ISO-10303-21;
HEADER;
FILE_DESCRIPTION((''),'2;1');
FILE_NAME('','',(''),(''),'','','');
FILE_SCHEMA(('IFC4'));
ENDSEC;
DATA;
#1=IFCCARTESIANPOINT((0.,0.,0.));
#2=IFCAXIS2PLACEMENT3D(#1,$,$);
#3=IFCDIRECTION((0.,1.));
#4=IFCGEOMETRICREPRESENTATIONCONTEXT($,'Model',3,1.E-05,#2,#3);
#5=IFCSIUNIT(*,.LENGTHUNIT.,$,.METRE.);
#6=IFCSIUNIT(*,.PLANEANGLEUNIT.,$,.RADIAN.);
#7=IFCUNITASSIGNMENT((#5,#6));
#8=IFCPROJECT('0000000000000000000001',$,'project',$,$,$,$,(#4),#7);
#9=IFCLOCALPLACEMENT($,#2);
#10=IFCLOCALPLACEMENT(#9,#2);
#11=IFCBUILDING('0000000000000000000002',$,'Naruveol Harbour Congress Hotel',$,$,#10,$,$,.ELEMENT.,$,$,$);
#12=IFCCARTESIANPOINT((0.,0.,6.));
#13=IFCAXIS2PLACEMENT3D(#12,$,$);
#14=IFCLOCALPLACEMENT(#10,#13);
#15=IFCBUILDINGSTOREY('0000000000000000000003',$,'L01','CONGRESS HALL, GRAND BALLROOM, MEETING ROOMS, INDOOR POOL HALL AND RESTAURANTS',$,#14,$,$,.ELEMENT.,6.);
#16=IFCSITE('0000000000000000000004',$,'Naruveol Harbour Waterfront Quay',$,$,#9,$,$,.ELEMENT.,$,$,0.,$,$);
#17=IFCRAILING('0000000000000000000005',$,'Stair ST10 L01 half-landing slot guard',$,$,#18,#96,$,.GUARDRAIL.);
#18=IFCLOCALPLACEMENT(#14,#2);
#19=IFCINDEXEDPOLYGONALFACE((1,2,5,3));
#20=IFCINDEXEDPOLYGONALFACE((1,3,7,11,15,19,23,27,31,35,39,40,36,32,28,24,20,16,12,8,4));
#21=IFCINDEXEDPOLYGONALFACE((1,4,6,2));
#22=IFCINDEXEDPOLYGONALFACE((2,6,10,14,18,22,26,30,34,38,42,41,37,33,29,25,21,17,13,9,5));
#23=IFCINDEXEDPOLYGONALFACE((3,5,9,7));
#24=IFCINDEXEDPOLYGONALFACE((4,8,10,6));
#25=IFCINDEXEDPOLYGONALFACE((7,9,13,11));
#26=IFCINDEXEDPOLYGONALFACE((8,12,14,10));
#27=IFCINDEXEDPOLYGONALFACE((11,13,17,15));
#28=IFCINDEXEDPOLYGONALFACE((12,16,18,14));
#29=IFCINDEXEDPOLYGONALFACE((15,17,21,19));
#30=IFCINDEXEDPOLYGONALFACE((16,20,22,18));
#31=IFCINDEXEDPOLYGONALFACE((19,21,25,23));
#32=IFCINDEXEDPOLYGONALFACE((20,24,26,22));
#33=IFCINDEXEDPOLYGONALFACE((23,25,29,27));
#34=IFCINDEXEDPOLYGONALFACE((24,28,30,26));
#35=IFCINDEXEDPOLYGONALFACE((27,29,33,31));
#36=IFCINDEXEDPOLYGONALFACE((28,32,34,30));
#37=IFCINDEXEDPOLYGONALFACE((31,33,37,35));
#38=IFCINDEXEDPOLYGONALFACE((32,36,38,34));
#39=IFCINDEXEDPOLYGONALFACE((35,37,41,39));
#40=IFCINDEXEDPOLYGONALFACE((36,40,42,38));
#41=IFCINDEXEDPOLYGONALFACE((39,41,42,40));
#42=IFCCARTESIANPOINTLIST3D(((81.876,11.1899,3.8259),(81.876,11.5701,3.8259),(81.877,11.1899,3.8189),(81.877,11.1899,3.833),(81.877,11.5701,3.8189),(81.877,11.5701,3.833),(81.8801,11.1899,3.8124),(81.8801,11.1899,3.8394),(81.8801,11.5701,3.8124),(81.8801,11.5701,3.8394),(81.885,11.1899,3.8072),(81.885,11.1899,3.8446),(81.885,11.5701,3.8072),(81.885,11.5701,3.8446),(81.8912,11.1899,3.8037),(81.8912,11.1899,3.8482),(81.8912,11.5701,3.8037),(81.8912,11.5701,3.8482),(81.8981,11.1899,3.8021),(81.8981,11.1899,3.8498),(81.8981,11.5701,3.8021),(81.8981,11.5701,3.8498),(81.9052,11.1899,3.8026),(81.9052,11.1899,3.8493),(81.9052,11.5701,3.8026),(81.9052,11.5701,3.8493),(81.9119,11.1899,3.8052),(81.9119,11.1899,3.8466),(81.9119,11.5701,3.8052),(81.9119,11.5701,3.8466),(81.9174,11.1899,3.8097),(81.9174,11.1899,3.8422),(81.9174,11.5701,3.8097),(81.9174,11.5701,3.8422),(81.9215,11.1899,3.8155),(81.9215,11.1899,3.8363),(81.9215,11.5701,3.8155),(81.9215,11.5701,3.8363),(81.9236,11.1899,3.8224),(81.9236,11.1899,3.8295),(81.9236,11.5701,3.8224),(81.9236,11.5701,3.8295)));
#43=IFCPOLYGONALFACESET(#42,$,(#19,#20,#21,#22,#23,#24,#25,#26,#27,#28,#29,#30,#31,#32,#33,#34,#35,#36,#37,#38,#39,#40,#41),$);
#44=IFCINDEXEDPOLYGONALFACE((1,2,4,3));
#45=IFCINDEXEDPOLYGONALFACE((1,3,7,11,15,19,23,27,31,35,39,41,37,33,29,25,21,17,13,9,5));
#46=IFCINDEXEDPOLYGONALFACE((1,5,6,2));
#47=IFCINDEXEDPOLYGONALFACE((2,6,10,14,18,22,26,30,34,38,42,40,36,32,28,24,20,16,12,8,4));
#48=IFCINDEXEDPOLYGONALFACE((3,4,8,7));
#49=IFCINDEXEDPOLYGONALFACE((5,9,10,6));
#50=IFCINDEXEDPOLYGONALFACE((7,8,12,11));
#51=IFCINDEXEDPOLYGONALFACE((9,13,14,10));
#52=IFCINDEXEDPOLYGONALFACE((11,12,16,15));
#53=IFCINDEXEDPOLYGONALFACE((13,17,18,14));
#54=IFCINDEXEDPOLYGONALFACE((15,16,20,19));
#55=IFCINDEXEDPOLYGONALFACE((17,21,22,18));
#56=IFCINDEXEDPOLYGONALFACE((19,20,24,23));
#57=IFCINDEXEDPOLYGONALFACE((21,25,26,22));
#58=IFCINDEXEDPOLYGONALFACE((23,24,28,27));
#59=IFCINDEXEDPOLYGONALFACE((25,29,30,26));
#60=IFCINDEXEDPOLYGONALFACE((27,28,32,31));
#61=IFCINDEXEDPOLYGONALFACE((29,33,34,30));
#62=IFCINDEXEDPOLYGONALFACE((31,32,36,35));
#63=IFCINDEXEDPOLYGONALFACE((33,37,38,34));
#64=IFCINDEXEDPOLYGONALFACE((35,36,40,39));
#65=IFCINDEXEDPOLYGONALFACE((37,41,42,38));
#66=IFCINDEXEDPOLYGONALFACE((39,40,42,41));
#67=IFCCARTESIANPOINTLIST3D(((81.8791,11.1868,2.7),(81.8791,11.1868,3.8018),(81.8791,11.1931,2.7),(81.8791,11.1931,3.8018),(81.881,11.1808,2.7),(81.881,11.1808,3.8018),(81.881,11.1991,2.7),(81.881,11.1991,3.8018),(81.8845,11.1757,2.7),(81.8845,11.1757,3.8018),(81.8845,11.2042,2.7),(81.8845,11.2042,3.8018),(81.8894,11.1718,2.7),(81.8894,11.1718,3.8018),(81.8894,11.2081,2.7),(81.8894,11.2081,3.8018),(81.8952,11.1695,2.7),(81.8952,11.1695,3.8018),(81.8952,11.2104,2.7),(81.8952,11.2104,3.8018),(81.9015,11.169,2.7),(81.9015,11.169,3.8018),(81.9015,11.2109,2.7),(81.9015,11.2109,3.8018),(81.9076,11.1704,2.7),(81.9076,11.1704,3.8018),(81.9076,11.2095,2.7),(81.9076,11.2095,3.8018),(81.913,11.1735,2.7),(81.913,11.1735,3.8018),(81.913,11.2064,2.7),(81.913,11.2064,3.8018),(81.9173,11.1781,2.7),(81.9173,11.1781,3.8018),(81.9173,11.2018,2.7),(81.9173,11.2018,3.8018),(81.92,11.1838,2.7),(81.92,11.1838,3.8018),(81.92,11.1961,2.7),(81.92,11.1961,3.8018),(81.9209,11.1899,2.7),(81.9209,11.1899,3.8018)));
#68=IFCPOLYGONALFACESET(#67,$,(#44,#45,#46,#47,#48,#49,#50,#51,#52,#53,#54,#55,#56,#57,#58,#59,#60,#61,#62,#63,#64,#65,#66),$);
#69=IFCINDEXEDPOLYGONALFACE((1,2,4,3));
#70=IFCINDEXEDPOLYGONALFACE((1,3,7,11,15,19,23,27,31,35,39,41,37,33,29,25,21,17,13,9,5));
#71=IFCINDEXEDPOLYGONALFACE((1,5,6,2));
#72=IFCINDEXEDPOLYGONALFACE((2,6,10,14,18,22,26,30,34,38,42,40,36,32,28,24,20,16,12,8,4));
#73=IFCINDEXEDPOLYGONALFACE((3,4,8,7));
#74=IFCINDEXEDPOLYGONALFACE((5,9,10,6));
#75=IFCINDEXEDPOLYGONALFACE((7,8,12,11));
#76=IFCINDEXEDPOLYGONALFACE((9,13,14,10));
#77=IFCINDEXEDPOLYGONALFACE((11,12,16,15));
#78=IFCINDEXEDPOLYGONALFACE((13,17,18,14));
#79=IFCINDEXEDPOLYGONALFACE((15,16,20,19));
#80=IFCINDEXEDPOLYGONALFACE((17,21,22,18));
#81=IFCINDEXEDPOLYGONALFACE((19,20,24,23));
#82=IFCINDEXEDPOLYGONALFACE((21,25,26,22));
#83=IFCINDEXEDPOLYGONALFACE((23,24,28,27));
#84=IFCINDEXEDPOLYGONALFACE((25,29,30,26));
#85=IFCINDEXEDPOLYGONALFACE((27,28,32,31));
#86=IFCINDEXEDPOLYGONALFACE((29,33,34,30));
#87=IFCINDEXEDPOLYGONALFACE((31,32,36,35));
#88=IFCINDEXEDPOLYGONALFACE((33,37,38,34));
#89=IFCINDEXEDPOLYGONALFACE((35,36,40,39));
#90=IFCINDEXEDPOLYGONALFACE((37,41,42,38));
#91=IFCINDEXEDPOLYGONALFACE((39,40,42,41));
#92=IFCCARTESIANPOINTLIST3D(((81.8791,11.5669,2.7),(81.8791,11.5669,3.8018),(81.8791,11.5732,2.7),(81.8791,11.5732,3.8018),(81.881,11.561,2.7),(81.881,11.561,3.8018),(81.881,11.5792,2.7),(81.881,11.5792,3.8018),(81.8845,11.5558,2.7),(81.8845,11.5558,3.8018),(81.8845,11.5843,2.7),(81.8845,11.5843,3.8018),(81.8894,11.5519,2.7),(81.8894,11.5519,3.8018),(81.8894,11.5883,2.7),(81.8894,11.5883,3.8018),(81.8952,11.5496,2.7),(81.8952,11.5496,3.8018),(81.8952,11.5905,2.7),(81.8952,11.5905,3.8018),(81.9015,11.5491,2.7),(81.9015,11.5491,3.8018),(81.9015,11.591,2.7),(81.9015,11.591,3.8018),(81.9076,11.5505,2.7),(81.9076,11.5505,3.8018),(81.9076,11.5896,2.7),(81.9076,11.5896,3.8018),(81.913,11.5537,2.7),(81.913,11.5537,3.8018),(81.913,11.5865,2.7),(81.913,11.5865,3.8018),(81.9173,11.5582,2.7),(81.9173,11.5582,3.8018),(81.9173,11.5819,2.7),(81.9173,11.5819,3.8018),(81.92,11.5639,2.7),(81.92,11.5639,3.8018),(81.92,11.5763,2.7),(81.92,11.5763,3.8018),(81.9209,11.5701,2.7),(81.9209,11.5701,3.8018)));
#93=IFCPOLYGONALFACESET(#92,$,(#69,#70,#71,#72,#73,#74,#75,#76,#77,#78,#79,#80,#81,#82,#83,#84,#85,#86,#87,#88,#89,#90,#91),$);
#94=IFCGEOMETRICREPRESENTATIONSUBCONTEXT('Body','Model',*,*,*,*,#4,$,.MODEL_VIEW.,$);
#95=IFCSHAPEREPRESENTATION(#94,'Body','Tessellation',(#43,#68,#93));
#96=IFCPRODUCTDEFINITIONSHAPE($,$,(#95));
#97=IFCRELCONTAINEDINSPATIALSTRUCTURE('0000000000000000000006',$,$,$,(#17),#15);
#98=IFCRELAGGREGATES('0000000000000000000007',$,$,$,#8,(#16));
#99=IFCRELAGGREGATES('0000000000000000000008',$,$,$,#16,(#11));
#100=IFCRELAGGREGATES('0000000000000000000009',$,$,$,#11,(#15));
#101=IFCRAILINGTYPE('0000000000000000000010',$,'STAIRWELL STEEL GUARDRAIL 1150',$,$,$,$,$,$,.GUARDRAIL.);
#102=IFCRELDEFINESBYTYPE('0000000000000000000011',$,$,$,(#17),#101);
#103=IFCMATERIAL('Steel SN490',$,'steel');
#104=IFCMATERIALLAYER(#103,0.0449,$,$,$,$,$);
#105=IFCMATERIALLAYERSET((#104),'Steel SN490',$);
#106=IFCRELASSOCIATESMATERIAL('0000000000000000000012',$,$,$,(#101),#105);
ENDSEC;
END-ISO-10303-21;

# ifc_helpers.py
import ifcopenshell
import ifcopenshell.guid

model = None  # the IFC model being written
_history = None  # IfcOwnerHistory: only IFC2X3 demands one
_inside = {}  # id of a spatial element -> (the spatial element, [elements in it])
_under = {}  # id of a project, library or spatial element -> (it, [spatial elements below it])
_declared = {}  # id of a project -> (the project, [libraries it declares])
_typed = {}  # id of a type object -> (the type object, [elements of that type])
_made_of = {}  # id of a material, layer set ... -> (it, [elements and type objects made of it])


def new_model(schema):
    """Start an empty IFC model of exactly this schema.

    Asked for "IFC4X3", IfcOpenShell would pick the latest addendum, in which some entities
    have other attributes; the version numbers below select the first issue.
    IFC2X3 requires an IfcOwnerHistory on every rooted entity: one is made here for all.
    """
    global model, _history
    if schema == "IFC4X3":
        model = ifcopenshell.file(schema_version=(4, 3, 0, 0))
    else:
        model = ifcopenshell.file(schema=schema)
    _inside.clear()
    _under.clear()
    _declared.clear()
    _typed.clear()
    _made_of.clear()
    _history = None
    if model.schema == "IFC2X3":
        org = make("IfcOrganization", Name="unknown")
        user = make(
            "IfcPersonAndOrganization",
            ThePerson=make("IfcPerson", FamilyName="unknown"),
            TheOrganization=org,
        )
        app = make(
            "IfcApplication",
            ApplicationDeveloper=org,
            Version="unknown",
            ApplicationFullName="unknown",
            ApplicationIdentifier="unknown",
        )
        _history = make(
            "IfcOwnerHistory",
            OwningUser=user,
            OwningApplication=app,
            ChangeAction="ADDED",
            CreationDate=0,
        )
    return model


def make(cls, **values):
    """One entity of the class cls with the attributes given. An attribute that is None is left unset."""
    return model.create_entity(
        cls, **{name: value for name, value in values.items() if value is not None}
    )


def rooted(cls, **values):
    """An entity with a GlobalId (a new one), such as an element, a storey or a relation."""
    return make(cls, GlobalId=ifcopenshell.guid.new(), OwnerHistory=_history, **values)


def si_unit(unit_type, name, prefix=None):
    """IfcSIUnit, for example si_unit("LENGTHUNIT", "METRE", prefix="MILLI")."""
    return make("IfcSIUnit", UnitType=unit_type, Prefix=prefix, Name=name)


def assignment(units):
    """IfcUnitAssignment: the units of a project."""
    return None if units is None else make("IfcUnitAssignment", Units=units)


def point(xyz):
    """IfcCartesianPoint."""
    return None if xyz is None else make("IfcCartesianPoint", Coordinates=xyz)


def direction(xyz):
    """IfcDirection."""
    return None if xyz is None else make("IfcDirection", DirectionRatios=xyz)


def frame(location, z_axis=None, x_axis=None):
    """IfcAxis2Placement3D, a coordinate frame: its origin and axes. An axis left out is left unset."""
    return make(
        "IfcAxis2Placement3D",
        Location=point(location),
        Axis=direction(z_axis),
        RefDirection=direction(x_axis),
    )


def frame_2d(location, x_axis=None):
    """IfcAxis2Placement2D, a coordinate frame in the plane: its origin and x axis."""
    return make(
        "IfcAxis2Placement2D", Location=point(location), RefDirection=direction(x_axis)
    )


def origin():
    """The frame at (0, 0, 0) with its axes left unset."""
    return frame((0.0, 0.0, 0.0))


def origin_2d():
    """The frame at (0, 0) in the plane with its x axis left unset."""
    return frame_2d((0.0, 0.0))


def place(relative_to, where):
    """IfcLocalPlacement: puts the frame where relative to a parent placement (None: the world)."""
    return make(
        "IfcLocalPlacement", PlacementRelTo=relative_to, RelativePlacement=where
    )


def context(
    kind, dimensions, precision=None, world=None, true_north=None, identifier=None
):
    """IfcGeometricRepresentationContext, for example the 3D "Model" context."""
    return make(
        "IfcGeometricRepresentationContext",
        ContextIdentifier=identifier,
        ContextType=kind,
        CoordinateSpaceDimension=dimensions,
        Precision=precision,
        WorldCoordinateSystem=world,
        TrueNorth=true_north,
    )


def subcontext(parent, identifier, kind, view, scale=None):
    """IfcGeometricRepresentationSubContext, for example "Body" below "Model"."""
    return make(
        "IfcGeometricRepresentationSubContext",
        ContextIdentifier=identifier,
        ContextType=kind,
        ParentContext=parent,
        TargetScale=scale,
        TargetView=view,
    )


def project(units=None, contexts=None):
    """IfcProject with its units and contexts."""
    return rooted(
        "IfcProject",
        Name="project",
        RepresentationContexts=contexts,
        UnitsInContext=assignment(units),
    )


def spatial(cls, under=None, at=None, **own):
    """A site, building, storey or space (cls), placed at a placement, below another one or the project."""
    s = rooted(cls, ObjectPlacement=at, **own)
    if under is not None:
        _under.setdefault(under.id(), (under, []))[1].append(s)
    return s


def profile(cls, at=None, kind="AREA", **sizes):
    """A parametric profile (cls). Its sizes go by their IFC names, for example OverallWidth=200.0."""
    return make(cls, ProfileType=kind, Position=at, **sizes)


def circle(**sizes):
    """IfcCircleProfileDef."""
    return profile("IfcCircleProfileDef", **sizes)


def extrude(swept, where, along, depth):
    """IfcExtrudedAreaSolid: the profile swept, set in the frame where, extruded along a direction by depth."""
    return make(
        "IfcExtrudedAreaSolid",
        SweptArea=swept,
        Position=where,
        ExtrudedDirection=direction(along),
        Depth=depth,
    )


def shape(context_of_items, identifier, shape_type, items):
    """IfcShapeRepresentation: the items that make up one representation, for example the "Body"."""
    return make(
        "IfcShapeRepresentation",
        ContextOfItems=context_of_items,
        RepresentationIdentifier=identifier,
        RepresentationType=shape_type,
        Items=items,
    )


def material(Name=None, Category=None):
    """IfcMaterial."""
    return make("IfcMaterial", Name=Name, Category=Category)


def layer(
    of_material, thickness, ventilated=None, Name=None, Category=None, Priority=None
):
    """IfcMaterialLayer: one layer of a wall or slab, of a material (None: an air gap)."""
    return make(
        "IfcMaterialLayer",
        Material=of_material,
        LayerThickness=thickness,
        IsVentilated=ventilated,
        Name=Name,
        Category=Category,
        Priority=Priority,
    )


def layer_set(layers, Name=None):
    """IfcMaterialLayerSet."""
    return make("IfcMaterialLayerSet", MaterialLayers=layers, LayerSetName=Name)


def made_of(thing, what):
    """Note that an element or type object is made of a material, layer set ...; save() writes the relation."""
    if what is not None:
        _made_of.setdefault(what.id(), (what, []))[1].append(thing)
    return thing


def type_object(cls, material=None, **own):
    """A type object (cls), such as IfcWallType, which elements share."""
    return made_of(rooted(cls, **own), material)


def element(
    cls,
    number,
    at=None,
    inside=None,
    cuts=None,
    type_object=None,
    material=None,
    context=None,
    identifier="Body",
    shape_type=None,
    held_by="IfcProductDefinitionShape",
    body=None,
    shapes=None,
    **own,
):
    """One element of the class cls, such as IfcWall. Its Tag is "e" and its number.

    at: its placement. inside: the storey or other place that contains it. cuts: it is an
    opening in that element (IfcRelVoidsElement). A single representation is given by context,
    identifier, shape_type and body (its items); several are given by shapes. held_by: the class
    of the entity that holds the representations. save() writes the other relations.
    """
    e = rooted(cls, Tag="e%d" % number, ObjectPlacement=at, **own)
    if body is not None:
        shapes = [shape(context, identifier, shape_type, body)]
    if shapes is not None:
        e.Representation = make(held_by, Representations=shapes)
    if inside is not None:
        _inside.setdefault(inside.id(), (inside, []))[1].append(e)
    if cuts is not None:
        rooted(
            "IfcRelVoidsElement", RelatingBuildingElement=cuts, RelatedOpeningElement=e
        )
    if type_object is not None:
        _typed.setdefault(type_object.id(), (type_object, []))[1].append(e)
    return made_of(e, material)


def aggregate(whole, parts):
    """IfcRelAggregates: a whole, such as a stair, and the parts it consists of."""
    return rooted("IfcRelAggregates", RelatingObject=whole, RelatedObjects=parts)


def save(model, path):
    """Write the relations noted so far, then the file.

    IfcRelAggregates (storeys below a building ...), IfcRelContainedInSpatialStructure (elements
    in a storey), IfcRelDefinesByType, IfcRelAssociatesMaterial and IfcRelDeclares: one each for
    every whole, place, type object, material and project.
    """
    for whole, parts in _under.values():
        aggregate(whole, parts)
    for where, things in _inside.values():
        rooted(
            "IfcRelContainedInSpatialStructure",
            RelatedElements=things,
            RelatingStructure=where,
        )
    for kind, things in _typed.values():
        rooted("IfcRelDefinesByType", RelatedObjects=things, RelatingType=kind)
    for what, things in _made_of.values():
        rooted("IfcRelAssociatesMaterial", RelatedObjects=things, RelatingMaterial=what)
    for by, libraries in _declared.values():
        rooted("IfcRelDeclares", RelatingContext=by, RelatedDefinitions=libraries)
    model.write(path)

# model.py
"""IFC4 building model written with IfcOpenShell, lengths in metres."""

from ifc_helpers import new_model, si_unit, direction, frame, origin, origin_2d, place, context, subcontext, project, spatial, circle, extrude, material, layer, layer_set, type_object, element, save


model = new_model("IFC4")

# Units and contexts
model_context = context("Model", 3, precision=1e-05, world=origin(), true_north=direction((0.0, 1.0)))
body_context = subcontext(model_context, "Body", "Model", "MODEL_VIEW")
ifc_project = project(units=[si_unit("LENGTHUNIT", "METRE"), si_unit("PLANEANGLEUNIT", "RADIAN")], contexts=[model_context])

# Site, building, storey
site_placement = place(None, origin())
site = spatial("IfcSite", under=ifc_project, at=site_placement, Name="Naruveol Harbour Waterfront Quay", CompositionType="ELEMENT", RefElevation=0.0)
building_placement = place(site_placement, origin())
building = spatial("IfcBuilding", under=site, at=building_placement, Name="Naruveol Harbour Congress Hotel", CompositionType="ELEMENT")
storey_placement = place(building_placement, frame((0.0, 0.0, 6.0)))
storey = spatial("IfcBuildingStorey", under=building, at=storey_placement, Name="L01", Description="CONGRESS HALL, GRAND BALLROOM, MEETING ROOMS, INDOOR POOL HALL AND RESTAURANTS", CompositionType="ELEMENT", Elevation=6.0)

# Railing
ifc_material_1 = material(Name="Steel SN490", Category="steel")
ifc_layer_1 = layer(ifc_material_1, 0.0449)
ifc_layer_set_1 = layer_set([ifc_layer_1], Name="Steel SN490")
railing_type_1 = type_object("IfcRailingType", Name="STAIRWELL STEEL GUARDRAIL 1150", PredefinedType="GUARDRAIL", material=ifc_layer_set_1)
railing_1_placement = place(storey_placement, frame((81.8999, 11.1899, 2.7)))
element("IfcRailing", 1, at=railing_1_placement, inside=storey, type_object=railing_type_1, Name="Stair ST10 L01 half-landing slot guard", PredefinedType="GUARDRAIL", context=body_context, shape_type="SweptSolid", body=[
    extrude(circle(Radius=0.0239, at=origin_2d()), frame((0.0, 0.0, 1.126), z_axis=(0.0, 1.0, 0.0), x_axis=(-1.0, 0.0, 0.0)), (0.0, 0.0, 1.0), 0.3801),
    extrude(circle(Radius=0.021, at=origin_2d()), origin(), (0.0, 0.0, 1.0), 1.1018),
    extrude(circle(Radius=0.021, at=origin_2d()), frame((0.0, 0.3801, 0.0)), (0.0, 0.0, 1.0), 1.1018),
])

save(model, "model.ifc")
